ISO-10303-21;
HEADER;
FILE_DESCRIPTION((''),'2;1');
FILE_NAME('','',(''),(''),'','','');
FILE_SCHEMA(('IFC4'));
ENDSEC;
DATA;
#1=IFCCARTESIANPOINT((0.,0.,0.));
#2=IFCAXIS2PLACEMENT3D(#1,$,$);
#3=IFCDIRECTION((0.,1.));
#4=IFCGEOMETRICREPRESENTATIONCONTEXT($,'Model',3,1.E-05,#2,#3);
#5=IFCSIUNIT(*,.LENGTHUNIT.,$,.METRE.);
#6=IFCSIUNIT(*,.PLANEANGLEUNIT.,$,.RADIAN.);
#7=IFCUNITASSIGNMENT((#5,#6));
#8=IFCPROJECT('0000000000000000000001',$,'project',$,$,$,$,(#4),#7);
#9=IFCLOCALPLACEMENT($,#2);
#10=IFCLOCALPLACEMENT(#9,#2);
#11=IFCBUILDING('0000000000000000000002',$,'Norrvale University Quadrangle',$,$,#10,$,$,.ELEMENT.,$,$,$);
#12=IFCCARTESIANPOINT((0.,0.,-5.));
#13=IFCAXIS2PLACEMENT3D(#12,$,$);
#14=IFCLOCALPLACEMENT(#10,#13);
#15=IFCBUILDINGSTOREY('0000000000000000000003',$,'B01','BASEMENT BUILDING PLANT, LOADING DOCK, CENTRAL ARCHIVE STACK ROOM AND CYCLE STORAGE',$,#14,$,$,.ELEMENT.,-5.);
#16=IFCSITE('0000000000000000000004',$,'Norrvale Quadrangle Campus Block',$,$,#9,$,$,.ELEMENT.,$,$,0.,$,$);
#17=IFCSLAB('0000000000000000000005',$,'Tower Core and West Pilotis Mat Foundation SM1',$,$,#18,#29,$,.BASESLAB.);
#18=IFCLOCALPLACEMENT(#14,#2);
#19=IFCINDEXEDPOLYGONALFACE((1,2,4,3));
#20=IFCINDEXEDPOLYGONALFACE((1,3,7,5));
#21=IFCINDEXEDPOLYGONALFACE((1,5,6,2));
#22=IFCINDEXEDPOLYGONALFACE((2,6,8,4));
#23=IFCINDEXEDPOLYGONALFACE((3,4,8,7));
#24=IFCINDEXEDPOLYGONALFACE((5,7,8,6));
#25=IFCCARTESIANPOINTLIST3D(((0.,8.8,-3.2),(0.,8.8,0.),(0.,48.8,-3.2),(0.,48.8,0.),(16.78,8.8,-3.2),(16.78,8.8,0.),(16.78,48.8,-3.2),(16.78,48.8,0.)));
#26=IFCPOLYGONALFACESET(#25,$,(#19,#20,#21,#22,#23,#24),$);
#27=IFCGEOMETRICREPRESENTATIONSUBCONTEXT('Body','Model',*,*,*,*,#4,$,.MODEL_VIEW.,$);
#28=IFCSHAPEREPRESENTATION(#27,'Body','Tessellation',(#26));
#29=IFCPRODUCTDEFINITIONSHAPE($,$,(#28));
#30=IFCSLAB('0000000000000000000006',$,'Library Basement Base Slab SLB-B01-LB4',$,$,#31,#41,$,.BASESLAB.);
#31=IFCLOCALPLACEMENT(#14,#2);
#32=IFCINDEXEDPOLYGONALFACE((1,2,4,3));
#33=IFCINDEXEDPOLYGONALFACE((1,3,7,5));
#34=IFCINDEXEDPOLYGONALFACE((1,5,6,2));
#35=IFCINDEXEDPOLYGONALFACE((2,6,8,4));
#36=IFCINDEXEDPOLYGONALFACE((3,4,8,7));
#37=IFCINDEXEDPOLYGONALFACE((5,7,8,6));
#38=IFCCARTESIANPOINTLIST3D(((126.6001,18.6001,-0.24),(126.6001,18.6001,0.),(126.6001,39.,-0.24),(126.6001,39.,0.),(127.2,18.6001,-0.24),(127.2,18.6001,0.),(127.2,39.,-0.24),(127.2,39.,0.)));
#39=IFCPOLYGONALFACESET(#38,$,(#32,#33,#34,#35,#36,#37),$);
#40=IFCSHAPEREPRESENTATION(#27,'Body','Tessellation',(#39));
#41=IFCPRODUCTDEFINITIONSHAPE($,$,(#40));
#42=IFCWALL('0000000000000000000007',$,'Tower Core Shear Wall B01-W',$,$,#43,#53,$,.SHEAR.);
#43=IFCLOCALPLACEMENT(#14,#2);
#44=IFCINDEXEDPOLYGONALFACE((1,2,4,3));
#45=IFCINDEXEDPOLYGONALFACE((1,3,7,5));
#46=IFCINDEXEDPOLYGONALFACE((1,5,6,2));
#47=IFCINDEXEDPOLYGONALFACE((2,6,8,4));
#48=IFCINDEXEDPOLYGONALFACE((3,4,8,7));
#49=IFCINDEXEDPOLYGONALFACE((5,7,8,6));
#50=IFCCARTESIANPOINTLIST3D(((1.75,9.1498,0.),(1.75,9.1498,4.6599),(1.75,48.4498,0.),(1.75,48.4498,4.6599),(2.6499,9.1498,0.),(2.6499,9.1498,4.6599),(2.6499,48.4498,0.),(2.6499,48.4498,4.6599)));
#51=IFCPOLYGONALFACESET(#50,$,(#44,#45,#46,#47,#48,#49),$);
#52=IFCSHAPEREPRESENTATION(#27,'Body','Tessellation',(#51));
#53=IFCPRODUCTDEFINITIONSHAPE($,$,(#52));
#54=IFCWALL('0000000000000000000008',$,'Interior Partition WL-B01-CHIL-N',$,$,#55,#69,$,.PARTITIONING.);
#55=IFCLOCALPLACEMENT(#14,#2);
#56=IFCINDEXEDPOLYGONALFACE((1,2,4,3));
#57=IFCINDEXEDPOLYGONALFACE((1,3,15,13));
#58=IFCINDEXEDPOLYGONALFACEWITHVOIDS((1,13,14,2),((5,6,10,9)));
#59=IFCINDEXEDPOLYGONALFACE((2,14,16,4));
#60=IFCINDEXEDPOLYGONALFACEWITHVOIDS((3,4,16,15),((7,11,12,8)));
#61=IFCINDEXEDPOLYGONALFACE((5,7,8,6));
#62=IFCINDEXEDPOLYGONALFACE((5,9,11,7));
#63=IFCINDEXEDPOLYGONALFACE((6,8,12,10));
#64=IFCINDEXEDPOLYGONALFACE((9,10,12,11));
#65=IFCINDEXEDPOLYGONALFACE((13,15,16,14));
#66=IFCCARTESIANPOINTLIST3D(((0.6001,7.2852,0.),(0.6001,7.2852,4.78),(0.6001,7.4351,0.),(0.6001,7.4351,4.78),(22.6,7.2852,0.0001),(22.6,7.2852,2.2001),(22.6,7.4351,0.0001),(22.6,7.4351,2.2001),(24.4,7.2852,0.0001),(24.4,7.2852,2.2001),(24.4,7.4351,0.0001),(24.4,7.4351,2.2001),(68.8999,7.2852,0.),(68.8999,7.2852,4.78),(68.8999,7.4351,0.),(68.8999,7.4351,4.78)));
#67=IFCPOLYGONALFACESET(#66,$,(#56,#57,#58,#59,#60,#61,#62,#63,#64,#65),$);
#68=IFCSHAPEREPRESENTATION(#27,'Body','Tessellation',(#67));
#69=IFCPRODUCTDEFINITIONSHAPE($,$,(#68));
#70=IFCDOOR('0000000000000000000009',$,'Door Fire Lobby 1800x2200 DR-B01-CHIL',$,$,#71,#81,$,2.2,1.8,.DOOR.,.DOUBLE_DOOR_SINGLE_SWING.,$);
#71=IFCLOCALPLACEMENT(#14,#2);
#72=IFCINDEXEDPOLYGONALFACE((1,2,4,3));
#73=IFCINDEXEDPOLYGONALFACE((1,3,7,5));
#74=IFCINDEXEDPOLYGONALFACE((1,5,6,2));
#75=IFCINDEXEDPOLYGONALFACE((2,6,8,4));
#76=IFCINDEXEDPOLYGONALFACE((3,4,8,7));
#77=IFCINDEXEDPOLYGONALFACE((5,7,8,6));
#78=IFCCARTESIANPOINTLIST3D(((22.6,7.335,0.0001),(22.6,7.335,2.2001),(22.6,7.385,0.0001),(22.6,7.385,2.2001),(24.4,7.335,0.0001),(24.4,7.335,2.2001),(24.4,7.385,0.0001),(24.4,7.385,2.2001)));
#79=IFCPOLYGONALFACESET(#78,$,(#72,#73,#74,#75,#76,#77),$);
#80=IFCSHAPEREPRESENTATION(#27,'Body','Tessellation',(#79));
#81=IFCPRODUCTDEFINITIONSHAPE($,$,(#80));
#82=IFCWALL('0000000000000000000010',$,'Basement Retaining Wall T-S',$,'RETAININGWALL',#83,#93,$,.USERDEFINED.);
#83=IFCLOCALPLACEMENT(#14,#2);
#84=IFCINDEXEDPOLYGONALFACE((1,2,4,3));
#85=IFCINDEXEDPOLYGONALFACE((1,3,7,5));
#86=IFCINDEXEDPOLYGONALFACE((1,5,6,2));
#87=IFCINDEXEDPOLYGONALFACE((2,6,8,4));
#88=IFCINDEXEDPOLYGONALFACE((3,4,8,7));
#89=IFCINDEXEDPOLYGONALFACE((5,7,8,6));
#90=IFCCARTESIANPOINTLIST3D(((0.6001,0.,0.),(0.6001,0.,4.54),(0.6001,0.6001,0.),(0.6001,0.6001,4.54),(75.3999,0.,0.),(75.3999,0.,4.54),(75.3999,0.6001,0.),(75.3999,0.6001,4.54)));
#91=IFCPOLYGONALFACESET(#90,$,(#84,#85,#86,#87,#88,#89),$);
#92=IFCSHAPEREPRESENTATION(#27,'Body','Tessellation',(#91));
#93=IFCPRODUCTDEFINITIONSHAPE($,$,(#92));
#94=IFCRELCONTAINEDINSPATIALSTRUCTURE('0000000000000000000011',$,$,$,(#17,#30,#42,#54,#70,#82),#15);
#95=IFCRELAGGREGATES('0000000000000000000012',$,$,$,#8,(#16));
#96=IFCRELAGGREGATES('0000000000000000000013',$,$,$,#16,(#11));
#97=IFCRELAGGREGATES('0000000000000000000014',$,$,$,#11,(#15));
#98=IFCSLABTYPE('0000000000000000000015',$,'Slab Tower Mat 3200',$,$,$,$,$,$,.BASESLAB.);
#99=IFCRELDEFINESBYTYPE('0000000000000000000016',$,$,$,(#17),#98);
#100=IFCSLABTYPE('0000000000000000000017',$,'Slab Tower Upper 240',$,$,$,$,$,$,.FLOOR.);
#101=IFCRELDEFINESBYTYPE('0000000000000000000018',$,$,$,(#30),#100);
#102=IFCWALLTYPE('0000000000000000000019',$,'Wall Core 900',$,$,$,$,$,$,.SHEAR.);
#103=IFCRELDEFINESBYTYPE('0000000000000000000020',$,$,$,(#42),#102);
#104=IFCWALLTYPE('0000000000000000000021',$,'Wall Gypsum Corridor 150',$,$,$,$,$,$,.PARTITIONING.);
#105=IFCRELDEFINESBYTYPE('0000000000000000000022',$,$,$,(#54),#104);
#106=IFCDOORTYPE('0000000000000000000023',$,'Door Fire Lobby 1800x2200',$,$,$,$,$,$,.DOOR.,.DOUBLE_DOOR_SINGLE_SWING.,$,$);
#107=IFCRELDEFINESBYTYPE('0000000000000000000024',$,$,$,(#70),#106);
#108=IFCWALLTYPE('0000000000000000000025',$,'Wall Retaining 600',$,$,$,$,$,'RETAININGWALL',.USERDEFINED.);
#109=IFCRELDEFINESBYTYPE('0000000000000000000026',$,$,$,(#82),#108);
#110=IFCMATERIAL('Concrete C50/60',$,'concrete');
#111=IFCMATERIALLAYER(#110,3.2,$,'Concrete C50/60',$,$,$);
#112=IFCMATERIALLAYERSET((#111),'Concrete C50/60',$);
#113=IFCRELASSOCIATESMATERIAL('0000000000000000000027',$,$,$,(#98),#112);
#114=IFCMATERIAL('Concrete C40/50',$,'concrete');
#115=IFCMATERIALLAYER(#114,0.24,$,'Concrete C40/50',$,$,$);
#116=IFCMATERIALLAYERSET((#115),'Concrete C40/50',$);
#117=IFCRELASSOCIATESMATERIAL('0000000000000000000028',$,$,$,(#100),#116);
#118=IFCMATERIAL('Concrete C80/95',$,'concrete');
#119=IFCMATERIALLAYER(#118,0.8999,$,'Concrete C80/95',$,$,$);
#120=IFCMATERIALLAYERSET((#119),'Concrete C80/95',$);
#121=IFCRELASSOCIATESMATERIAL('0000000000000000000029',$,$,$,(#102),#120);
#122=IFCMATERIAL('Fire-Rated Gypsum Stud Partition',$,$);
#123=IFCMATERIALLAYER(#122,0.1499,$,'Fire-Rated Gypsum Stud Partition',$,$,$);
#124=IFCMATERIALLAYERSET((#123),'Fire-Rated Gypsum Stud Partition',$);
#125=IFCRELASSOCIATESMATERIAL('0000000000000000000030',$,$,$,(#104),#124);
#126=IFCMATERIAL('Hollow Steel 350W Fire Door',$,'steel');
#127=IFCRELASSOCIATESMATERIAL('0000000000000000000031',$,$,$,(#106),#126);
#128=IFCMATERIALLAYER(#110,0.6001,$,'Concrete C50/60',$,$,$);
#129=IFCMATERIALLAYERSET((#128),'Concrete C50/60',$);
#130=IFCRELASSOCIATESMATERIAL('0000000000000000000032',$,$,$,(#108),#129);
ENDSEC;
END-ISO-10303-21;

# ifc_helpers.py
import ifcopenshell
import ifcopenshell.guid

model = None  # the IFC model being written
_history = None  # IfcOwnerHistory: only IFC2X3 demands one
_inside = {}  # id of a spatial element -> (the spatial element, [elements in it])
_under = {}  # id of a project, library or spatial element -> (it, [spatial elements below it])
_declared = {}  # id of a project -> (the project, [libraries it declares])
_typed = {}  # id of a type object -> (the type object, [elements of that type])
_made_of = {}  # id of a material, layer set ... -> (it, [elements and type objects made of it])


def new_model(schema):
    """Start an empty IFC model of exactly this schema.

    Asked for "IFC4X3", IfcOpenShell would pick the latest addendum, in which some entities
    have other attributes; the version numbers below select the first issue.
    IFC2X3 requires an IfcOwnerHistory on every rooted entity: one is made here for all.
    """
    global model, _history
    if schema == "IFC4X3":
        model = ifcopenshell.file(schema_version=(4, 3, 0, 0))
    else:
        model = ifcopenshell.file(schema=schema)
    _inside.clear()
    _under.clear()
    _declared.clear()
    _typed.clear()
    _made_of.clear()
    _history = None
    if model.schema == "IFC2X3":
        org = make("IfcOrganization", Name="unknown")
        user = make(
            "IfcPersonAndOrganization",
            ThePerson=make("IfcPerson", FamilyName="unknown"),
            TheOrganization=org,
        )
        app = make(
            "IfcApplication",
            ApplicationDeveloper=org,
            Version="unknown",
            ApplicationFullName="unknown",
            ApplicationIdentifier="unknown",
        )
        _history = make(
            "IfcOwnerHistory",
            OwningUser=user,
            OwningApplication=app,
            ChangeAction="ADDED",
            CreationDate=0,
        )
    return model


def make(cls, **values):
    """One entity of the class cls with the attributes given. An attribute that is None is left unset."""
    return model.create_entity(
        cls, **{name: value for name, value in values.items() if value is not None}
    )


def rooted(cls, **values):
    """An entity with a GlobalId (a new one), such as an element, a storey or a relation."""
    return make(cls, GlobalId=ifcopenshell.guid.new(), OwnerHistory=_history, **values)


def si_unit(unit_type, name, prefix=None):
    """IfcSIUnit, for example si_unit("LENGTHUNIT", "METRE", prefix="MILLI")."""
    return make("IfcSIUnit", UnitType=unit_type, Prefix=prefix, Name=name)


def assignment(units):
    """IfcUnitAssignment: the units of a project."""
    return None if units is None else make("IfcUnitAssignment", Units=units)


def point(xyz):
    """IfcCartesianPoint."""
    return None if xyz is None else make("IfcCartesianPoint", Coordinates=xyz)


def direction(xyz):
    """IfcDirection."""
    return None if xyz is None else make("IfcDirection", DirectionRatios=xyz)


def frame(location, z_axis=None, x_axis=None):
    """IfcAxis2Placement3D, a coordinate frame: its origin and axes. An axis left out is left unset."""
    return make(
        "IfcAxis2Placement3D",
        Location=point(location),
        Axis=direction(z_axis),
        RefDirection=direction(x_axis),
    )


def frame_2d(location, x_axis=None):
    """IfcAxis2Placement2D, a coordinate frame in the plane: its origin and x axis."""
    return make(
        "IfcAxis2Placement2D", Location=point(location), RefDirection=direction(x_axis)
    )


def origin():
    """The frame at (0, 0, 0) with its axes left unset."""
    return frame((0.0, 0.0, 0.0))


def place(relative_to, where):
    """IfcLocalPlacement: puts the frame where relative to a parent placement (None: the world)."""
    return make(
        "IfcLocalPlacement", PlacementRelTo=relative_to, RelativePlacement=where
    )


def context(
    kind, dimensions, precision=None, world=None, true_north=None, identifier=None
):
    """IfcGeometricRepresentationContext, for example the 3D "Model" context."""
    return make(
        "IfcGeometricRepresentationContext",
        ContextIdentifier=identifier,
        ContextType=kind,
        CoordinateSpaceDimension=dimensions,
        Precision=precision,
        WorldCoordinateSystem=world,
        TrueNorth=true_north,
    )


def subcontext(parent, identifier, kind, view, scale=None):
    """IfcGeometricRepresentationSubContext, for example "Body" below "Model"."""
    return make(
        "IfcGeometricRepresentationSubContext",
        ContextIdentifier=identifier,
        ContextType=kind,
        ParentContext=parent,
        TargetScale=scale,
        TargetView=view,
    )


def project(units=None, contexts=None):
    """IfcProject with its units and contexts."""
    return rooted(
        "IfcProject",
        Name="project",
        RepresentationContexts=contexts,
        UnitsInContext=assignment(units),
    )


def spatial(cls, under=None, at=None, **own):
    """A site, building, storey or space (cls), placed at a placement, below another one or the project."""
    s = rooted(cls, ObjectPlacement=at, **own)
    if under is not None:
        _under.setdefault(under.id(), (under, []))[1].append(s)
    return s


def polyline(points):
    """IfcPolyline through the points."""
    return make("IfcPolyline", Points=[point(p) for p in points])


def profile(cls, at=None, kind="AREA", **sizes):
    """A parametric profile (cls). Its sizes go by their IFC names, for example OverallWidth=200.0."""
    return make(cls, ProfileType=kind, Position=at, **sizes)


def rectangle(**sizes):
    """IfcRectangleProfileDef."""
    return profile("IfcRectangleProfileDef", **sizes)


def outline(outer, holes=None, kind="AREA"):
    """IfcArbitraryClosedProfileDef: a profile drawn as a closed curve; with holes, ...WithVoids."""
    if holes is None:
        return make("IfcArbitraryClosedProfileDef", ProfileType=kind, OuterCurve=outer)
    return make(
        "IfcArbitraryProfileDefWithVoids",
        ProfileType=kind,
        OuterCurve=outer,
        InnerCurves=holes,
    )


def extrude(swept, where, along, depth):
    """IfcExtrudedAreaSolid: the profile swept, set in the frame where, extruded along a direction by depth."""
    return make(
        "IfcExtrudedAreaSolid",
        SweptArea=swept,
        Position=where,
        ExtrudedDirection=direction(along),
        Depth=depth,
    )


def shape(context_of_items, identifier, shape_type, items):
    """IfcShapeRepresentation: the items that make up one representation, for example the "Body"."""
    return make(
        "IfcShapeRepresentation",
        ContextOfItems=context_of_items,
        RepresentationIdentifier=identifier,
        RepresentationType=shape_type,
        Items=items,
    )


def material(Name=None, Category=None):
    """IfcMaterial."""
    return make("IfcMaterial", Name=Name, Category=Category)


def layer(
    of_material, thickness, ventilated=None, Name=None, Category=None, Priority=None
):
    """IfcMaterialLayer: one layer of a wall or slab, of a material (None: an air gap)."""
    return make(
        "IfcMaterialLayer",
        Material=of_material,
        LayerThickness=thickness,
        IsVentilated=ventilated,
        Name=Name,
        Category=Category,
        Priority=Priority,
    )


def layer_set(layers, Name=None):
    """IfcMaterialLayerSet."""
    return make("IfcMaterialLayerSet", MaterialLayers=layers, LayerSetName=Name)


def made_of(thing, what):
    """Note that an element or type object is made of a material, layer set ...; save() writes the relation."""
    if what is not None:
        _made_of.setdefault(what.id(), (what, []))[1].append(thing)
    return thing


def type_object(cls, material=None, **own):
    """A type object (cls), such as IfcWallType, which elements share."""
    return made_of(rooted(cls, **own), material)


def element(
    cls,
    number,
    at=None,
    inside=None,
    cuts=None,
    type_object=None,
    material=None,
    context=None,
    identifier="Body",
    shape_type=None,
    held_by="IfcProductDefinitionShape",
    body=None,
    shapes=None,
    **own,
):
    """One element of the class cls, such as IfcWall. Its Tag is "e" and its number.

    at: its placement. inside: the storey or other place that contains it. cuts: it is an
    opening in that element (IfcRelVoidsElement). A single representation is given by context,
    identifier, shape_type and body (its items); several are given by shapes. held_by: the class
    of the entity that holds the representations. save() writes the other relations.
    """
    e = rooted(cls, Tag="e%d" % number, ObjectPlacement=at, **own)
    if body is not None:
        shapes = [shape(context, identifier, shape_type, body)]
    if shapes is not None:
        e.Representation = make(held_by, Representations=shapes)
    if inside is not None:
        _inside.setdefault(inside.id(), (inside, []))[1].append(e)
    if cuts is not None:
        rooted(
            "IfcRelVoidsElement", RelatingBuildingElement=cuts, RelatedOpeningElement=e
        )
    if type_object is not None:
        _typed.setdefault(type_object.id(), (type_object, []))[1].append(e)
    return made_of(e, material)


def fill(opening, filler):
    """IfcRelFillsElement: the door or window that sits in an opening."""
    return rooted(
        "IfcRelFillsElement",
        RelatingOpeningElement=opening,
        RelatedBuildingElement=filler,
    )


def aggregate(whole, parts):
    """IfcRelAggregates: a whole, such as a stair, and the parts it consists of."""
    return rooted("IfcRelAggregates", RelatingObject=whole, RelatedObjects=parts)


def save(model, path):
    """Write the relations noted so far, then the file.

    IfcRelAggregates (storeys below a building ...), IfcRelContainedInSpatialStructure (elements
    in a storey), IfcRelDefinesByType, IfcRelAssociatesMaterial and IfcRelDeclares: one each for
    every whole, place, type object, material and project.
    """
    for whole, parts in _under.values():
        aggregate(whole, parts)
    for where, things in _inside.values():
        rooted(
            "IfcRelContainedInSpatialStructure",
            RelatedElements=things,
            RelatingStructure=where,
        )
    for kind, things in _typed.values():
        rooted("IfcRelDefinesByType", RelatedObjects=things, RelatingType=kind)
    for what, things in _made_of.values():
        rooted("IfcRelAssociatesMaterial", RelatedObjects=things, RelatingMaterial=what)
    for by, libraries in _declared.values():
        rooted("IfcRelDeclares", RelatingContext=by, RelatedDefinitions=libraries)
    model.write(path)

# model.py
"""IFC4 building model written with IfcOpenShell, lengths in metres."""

from ifc_helpers import new_model, si_unit, direction, frame, frame_2d, origin, place, context, subcontext, project, spatial, polyline, rectangle, outline, extrude, material, layer, layer_set, type_object, element, fill, save


model = new_model("IFC4")

# Units and contexts
model_context = context("Model", 3, precision=1e-05, world=origin(), true_north=direction((0.0, 1.0)))
body_context = subcontext(model_context, "Body", "Model", "MODEL_VIEW")
ifc_project = project(units=[si_unit("LENGTHUNIT", "METRE"), si_unit("PLANEANGLEUNIT", "RADIAN")], contexts=[model_context])

# Site, building, storey
site_placement = place(None, origin())
site = spatial("IfcSite", under=ifc_project, at=site_placement, Name="Norrvale Quadrangle Campus Block", CompositionType="ELEMENT", RefElevation=0.0)
building_placement = place(site_placement, origin())
building = spatial("IfcBuilding", under=site, at=building_placement, Name="Norrvale University Quadrangle", CompositionType="ELEMENT")
storey_placement = place(building_placement, frame((0.0, 0.0, -5.0)))
storey = spatial("IfcBuildingStorey", under=building, at=storey_placement, Name="B01", Description="BASEMENT BUILDING PLANT, LOADING DOCK, CENTRAL ARCHIVE STACK ROOM AND CYCLE STORAGE", CompositionType="ELEMENT", Elevation=-5.0)

# Shared definitions
ifc_material_1 = material(Name="Concrete C50/60", Category="concrete")

# Shared definitions
ifc_material_2 = material(Name="Concrete C80/95", Category="concrete")

# Shared definitions
ifc_material_3 = material(Name="Concrete C40/50", Category="concrete")

# Slabs
ifc_layer_1 = layer(ifc_material_1, 3.2, Name="Concrete C50/60")
ifc_layer_set_1 = layer_set([ifc_layer_1], Name="Concrete C50/60")
slab_type_1 = type_object("IfcSlabType", Name="Slab Tower Mat 3200", PredefinedType="BASESLAB", material=ifc_layer_set_1)
slab_1_placement = place(storey_placement, frame((0.0, 0.0, -3.2)))
element("IfcSlab", 1, at=slab_1_placement, inside=storey, type_object=slab_type_1, Name="Tower Core and West Pilotis Mat Foundation SM1", PredefinedType="BASESLAB", context=body_context, shape_type="SweptSolid", body=[
    extrude(outline(polyline([(0.0, 8.8), (16.78, 8.8), (16.78, 48.8), (0.0, 48.8), (0.0, 8.8)])), origin(), (0.0, 0.0, 1.0), 3.2),
])
ifc_layer_2 = layer(ifc_material_3, 0.24, Name="Concrete C40/50")
ifc_layer_set_2 = layer_set([ifc_layer_2], Name="Concrete C40/50")
slab_type_2 = type_object("IfcSlabType", Name="Slab Tower Upper 240", PredefinedType="FLOOR", material=ifc_layer_set_2)
slab_2_placement = place(storey_placement, frame((0.0, 0.0, -0.24)))
element("IfcSlab", 2, at=slab_2_placement, inside=storey, type_object=slab_type_2, Name="Library Basement Base Slab SLB-B01-LB4", PredefinedType="BASESLAB", context=body_context, shape_type="SweptSolid", body=[
    extrude(outline(polyline([(126.6001, 18.6001), (127.2, 18.6001), (127.2, 39.0), (126.6001, 39.0), (126.6001, 18.6001)])), origin(), (0.0, 0.0, 1.0), 0.24),
])

# Wall
ifc_layer_3 = layer(ifc_material_2, 0.8999, Name="Concrete C80/95")
ifc_layer_set_3 = layer_set([ifc_layer_3], Name="Concrete C80/95")
wall_type_1 = type_object("IfcWallType", Name="Wall Core 900", PredefinedType="SHEAR", material=ifc_layer_set_3)
wall_1_placement = place(storey_placement, frame((2.2, 9.1499, 0.0), z_axis=(0.0, 0.0, 1.0), x_axis=(0.0, 1.0, 0.0)))
element("IfcWall", 3, at=wall_1_placement, inside=storey, type_object=wall_type_1, Name="Tower Core Shear Wall B01-W", PredefinedType="SHEAR", context=body_context, shape_type="SweptSolid", body=[
    extrude(rectangle(XDim=39.3, YDim=0.8999, at=frame_2d((19.6499, 0.0))), origin(), (0.0, 0.0, 1.0), 4.6599),
])

# Wall, opening, door
ifc_material_4 = material(Name="Fire-Rated Gypsum Stud Partition")
ifc_layer_4 = layer(ifc_material_4, 0.1499, Name="Fire-Rated Gypsum Stud Partition")
ifc_layer_set_4 = layer_set([ifc_layer_4], Name="Fire-Rated Gypsum Stud Partition")
wall_type_2 = type_object("IfcWallType", Name="Wall Gypsum Corridor 150", PredefinedType="PARTITIONING", material=ifc_layer_set_4)
wall_2_placement = place(storey_placement, frame((0.6001, 7.3601, 0.0), z_axis=(0.0, 0.0, 1.0), x_axis=(1.0, 0.0, 0.0)))
wall_2 = element("IfcWall", 4, at=wall_2_placement, inside=storey, type_object=wall_type_2, Name="Interior Partition WL-B01-CHIL-N", PredefinedType="PARTITIONING", context=body_context, shape_type="SweptSolid", body=[
    extrude(rectangle(XDim=68.2998, YDim=0.1499, at=frame_2d((34.1499, 0.0))), origin(), (0.0, 0.0, 1.0), 4.78),
])
opening_placement = place(wall_2_placement, frame((22.0, 0.0, 0.0)))
opening = element("IfcOpeningElement", 5, at=opening_placement, cuts=wall_2, PredefinedType="OPENING", context=body_context, shape_type="SweptSolid", body=[
    extrude(rectangle(XDim=1.8, YDim=2.2, at=frame_2d((0.8999, 1.1001))), frame((0.0, 0.0869, 0.0), z_axis=(0.0, -1.0, 0.0), x_axis=(1.0, 0.0, 0.0)), (0.0, 0.0, 1.0), 0.1738),
])
ifc_material_5 = material(Name="Hollow Steel 350W Fire Door", Category="steel")
door_type = type_object("IfcDoorType", Name="Door Fire Lobby 1800x2200", OperationType="DOUBLE_DOOR_SINGLE_SWING", PredefinedType="DOOR", material=ifc_material_5)
door_placement = place(opening_placement, origin())
door = element("IfcDoor", 6, at=door_placement, inside=storey, type_object=door_type, Name="Door Fire Lobby 1800x2200 DR-B01-CHIL", OperationType="DOUBLE_DOOR_SINGLE_SWING", OverallHeight=2.2, OverallWidth=1.8, PredefinedType="DOOR", context=body_context, shape_type="SweptSolid", body=[
    extrude(rectangle(XDim=1.8, YDim=2.2, at=frame_2d((0.8999, 1.1001))), frame((0.0, 0.0249, 0.0), z_axis=(0.0, -1.0, 0.0), x_axis=(1.0, 0.0, 0.0)), (0.0, 0.0, 1.0), 0.05),
])
fill(opening, door)

# Wall
ifc_layer_5 = layer(ifc_material_1, 0.6001, Name="Concrete C50/60")
ifc_layer_set_5 = layer_set([ifc_layer_5], Name="Concrete C50/60")
wall_type_3 = type_object("IfcWallType", Name="Wall Retaining 600", ElementType="RETAININGWALL", PredefinedType="USERDEFINED", material=ifc_layer_set_5)
wall_3_placement = place(storey_placement, frame((0.6001, 0.3, 0.0), z_axis=(0.0, 0.0, 1.0), x_axis=(1.0, 0.0, 0.0)))
element("IfcWall", 7, at=wall_3_placement, inside=storey, type_object=wall_type_3, Name="Basement Retaining Wall T-S", ObjectType="RETAININGWALL", PredefinedType="USERDEFINED", context=body_context, shape_type="SweptSolid", body=[
    extrude(rectangle(XDim=74.7998, YDim=0.6001, at=frame_2d((37.3999, 0.0))), origin(), (0.0, 0.0, 1.0), 4.54),
])

save(model, "model.ifc")
